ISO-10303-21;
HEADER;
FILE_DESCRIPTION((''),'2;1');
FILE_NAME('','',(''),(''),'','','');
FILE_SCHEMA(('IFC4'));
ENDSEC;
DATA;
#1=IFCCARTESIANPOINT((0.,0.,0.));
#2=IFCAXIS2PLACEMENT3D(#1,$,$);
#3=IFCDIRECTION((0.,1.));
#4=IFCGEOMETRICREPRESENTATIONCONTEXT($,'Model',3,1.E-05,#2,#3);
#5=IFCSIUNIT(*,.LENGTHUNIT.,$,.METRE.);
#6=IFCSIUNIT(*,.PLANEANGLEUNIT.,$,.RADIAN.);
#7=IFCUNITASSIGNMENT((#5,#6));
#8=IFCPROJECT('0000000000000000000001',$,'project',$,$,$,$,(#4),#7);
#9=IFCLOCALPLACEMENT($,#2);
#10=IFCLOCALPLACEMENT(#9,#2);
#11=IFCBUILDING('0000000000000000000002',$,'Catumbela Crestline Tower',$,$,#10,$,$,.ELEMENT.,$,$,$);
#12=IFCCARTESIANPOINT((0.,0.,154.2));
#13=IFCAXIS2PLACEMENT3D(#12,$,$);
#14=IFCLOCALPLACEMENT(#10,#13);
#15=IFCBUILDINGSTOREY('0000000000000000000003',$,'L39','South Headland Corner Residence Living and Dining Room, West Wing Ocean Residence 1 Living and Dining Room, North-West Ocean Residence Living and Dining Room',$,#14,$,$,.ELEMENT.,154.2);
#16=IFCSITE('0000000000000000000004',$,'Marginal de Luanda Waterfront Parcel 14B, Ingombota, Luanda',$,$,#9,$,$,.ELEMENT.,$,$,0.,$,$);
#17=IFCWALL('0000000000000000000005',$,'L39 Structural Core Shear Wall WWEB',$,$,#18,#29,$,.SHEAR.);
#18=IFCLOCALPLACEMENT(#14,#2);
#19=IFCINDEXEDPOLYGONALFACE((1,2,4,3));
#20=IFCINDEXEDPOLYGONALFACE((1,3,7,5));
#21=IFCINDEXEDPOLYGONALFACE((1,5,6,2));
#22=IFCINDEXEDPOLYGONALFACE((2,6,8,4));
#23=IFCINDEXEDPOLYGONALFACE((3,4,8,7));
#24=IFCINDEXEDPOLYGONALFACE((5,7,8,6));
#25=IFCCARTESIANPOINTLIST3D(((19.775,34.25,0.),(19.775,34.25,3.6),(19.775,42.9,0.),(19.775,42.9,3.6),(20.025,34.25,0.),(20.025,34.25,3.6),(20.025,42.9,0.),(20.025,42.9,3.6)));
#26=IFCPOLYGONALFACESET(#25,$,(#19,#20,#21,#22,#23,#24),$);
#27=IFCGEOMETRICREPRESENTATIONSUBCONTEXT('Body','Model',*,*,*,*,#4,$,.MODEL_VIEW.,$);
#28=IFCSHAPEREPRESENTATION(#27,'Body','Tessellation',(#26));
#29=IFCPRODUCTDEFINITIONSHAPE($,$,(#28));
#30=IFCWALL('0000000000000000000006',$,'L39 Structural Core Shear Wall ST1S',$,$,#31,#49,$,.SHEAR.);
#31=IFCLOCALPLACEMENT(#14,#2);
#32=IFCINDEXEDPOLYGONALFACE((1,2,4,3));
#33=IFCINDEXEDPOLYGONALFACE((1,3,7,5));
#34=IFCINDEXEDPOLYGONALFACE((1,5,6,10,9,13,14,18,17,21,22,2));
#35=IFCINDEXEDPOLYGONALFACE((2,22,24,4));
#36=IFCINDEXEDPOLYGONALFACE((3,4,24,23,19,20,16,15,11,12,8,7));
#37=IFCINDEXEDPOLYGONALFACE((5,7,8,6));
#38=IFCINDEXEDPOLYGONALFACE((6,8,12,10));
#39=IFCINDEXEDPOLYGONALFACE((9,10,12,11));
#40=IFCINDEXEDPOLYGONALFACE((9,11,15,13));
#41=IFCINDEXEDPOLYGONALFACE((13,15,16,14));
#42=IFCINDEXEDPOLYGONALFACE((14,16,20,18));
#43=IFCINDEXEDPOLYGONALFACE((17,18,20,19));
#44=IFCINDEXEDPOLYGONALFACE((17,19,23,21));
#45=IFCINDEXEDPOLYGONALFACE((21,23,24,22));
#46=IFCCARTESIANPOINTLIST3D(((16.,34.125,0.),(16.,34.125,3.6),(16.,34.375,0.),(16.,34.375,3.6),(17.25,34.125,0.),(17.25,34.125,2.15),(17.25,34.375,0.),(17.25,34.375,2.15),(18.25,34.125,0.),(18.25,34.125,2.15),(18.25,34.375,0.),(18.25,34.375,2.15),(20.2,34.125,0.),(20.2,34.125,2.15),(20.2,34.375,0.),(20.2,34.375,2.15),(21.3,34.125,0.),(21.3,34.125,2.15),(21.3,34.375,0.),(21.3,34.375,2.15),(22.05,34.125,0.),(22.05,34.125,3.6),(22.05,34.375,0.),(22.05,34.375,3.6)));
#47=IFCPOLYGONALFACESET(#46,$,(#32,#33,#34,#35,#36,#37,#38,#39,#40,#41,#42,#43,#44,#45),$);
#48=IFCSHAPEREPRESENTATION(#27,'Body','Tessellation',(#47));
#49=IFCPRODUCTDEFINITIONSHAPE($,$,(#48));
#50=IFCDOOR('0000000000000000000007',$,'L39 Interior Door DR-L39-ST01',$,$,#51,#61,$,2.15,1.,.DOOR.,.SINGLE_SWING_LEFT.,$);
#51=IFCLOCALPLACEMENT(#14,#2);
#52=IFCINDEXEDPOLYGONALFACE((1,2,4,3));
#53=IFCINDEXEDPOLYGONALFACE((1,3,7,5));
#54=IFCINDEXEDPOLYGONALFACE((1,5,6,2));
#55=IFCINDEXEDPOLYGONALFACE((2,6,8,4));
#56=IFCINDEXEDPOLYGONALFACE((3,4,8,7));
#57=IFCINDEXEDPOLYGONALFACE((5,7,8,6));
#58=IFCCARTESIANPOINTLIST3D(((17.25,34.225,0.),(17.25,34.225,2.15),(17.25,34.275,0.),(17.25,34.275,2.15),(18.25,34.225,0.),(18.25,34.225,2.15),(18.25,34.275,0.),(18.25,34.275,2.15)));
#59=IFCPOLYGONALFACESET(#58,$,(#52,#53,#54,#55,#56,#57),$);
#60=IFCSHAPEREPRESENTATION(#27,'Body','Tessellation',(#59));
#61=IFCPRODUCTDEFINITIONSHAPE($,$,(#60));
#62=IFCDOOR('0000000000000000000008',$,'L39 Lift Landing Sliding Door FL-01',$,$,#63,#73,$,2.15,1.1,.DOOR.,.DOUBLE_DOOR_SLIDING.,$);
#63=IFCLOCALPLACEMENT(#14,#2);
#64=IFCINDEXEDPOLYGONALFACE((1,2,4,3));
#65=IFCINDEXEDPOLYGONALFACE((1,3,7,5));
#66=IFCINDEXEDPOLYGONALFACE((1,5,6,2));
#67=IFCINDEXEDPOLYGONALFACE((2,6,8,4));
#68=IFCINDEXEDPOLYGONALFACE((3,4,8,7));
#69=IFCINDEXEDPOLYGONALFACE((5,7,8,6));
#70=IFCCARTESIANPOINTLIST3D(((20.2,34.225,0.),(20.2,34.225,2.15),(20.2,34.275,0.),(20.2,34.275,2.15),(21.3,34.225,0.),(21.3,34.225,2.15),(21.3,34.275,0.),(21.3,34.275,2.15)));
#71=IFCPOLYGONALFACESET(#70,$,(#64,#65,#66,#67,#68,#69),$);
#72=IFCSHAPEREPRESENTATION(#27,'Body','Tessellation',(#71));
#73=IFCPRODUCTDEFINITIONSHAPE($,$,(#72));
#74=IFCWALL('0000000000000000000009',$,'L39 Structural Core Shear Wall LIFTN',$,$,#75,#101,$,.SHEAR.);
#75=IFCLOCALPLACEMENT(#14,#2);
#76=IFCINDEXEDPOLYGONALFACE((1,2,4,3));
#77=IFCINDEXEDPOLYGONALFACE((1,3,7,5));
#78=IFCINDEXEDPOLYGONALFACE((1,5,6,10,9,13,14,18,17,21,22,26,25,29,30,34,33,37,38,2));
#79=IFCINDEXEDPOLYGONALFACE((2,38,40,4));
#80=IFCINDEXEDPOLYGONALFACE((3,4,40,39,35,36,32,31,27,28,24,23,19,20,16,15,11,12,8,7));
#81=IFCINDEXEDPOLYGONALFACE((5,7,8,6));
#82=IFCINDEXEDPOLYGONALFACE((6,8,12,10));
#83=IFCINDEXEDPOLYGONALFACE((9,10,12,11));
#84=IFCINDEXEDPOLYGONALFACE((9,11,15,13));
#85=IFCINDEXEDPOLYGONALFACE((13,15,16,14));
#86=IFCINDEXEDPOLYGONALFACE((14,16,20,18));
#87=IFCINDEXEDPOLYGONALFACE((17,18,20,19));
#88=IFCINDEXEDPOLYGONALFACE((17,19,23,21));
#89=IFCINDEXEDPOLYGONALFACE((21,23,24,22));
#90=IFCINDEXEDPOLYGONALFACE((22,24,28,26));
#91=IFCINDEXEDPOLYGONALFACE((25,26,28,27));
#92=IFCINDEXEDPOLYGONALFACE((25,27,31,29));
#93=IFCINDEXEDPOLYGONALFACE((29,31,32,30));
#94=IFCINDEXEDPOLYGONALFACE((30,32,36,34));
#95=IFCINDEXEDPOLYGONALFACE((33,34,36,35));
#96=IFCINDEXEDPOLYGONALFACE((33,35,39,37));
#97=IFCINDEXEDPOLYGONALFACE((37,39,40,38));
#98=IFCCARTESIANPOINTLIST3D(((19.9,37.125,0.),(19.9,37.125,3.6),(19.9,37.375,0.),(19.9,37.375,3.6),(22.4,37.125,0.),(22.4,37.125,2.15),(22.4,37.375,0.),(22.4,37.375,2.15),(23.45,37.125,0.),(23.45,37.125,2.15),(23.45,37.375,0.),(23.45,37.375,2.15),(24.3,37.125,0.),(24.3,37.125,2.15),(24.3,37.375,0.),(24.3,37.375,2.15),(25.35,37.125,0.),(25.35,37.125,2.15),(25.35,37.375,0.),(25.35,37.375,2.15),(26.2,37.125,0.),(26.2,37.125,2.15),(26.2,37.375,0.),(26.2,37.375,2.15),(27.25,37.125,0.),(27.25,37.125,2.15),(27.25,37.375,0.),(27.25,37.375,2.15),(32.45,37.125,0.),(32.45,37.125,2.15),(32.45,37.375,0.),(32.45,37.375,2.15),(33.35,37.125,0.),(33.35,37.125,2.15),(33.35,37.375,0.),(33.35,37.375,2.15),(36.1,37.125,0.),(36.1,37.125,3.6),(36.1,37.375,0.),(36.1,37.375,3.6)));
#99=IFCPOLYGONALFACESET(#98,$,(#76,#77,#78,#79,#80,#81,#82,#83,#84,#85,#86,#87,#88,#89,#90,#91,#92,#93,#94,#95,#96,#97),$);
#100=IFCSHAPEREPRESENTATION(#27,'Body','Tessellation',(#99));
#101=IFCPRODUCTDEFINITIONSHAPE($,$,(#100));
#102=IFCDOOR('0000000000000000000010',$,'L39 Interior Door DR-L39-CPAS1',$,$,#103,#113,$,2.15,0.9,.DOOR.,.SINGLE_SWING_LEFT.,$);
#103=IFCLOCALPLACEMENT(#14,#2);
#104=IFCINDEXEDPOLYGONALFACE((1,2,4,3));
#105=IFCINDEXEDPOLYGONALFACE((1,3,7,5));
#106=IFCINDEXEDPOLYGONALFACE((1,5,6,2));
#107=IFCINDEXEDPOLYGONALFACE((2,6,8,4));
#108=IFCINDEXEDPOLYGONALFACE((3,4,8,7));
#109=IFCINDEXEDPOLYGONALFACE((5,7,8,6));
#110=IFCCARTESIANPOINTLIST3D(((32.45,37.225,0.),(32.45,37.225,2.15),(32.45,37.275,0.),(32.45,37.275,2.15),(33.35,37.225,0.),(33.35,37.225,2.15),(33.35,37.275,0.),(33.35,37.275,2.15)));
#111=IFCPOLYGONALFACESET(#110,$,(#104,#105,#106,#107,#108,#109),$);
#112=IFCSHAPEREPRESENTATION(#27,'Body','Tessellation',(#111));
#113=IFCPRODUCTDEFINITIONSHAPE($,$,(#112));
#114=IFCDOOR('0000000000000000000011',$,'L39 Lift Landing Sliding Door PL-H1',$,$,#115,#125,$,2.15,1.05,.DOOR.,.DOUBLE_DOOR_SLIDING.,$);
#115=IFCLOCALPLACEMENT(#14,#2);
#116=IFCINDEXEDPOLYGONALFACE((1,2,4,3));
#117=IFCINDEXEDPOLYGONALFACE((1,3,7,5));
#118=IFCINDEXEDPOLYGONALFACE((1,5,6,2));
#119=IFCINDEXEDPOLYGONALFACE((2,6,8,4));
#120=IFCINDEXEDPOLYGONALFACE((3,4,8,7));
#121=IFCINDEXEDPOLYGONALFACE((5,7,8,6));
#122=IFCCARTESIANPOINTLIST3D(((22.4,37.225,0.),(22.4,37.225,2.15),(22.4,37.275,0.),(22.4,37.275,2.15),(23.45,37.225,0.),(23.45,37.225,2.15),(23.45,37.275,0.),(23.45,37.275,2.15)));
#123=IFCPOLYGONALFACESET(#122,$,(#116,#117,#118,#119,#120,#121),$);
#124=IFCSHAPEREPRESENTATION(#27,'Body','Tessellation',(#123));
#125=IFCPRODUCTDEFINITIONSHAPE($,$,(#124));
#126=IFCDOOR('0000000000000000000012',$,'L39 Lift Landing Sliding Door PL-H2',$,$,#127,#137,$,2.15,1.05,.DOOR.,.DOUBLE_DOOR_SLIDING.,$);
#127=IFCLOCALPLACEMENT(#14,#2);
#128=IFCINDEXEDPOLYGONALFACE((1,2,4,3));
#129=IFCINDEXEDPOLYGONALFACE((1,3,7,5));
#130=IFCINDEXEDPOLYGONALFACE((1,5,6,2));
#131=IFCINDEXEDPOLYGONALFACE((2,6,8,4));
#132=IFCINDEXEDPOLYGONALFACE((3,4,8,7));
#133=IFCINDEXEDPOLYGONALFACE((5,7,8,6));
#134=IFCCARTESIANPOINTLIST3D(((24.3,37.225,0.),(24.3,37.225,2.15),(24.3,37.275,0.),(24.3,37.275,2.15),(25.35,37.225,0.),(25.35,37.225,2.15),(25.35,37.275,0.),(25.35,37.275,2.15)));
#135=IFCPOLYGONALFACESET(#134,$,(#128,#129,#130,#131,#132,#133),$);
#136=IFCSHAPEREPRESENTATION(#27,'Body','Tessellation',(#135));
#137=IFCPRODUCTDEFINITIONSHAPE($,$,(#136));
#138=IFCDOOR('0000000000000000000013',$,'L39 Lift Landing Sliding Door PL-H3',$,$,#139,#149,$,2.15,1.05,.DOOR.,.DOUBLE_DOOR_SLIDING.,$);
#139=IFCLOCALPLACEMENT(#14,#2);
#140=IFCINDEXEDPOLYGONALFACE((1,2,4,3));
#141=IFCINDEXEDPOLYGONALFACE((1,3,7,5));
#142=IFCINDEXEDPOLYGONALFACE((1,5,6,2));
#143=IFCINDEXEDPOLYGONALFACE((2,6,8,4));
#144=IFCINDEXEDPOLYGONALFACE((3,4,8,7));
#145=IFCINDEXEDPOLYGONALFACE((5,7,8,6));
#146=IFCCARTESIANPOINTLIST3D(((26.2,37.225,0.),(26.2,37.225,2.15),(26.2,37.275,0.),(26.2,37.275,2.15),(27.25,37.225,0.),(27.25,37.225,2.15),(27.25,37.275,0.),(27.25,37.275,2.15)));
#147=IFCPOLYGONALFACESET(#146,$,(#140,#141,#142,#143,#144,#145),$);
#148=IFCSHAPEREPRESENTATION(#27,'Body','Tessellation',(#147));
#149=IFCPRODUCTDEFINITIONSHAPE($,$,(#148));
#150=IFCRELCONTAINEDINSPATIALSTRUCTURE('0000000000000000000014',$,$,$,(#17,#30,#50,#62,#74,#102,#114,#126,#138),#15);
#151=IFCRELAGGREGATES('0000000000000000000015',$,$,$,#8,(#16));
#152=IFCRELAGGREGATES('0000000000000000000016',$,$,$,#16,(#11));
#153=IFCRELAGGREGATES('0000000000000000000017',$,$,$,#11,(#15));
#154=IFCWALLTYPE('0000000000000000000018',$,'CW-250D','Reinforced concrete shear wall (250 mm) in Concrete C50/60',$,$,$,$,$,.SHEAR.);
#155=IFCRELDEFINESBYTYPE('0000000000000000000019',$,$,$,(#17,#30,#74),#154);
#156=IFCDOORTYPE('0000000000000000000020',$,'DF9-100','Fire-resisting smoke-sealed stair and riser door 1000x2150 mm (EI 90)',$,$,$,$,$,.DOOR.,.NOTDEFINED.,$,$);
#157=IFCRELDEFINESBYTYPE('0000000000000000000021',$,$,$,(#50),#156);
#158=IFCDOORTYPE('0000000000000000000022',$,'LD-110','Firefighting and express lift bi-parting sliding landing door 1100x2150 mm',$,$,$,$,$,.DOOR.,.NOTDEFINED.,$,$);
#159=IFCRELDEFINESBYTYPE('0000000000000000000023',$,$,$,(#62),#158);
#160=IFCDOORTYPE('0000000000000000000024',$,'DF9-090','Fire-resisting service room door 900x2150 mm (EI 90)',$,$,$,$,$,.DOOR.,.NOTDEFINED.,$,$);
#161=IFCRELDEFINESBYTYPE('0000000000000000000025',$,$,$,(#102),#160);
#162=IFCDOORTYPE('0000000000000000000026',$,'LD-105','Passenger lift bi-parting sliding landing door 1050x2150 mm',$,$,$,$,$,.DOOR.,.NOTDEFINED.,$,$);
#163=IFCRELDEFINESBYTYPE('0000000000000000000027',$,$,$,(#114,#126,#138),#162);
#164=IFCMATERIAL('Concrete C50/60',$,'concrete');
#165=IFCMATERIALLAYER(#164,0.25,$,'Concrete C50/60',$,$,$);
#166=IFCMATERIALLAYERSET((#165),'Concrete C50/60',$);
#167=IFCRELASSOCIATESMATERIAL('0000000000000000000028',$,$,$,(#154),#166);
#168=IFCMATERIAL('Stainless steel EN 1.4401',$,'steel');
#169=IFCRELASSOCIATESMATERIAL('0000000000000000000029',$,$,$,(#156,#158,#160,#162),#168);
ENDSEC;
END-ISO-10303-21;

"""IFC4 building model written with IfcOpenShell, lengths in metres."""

from ifc_helpers import new_model, si_unit, direction, frame, frame_2d, origin, place, context, subcontext, project, spatial, rectangle, extrude, material, layer, layer_set, type_object, element, fill, save


model = new_model("IFC4")

# Units and contexts
model_context = context("Model", 3, precision=1e-05, world=origin(), true_north=direction((0.0, 1.0)))
body_context = subcontext(model_context, "Body", "Model", "MODEL_VIEW")
ifc_project = project(units=[si_unit("LENGTHUNIT", "METRE"), si_unit("PLANEANGLEUNIT", "RADIAN")], contexts=[model_context])

# Site, building, storey
site_placement = place(None, origin())
site = spatial("IfcSite", under=ifc_project, at=site_placement, Name="Marginal de Luanda Waterfront Parcel 14B, Ingombota, Luanda", CompositionType="ELEMENT", RefElevation=0.0)
building_placement = place(site_placement, origin())
building = spatial("IfcBuilding", under=site, at=building_placement, Name="Catumbela Crestline Tower", CompositionType="ELEMENT")
storey_placement = place(building_placement, frame((0.0, 0.0, 154.2)))
storey = spatial("IfcBuildingStorey", under=building, at=storey_placement, Name="L39", Description="South Headland Corner Residence Living and Dining Room, West Wing Ocean Residence 1 Living and Dining Room, North-West Ocean Residence Living and Dining Room", CompositionType="ELEMENT", Elevation=154.2)

# Wall
ifc_material_1 = material(Name="Concrete C50/60", Category="concrete")
ifc_layer_1 = layer(ifc_material_1, 0.25, Name="Concrete C50/60")
ifc_layer_set_1 = layer_set([ifc_layer_1], Name="Concrete C50/60")
wall_type_1 = type_object("IfcWallType", Name="CW-250D", Description="Reinforced concrete shear wall (250 mm) in Concrete C50/60", PredefinedType="SHEAR", material=ifc_layer_set_1)
wall_1_placement = place(storey_placement, frame((19.9, 34.25, 0.0), z_axis=(0.0, 0.0, 1.0), x_axis=(0.0, 1.0, 0.0)))
element("IfcWall", 1, at=wall_1_placement, inside=storey, type_object=wall_type_1, Name="L39 Structural Core Shear Wall WWEB", PredefinedType="SHEAR", context=body_context, shape_type="SweptSolid", body=[
    extrude(rectangle(XDim=8.65, YDim=0.25, at=frame_2d((4.325, 0.0))), origin(), (0.0, 0.0, 1.0), 3.6),
])

# Walls, openings, doors
wall_2_placement = place(storey_placement, frame((16.0, 34.25, 0.0), z_axis=(0.0, 0.0, 1.0), x_axis=(1.0, 0.0, 0.0)))
wall_2 = element("IfcWall", 2, at=wall_2_placement, inside=storey, type_object=wall_type_1, Name="L39 Structural Core Shear Wall ST1S", PredefinedType="SHEAR", context=body_context, shape_type="SweptSolid", body=[
    extrude(rectangle(XDim=6.05, YDim=0.25, at=frame_2d((3.025, 0.0))), origin(), (0.0, 0.0, 1.0), 3.6),
])
opening_1_placement = place(wall_2_placement, frame((1.25, 0.0, 0.0)))
opening_1 = element("IfcOpeningElement", 3, at=opening_1_placement, cuts=wall_2, PredefinedType="OPENING", context=body_context, shape_type="SweptSolid", body=[
    extrude(rectangle(XDim=1.0, YDim=2.15, at=frame_2d((0.5, 1.075))), frame((0.0, 0.135, 0.0), z_axis=(0.0, -1.0, 0.0), x_axis=(1.0, 0.0, 0.0)), (0.0, 0.0, 1.0), 0.27),
])
opening_2_placement = place(wall_2_placement, frame((4.2, 0.0, 0.0)))
opening_2 = element("IfcOpeningElement", 4, at=opening_2_placement, cuts=wall_2, PredefinedType="OPENING", context=body_context, shape_type="SweptSolid", body=[
    extrude(rectangle(XDim=1.1, YDim=2.15, at=frame_2d((0.55, 1.075))), frame((0.0, 0.135, 0.0), z_axis=(0.0, -1.0, 0.0), x_axis=(1.0, 0.0, 0.0)), (0.0, 0.0, 1.0), 0.27),
])
ifc_material_2 = material(Name="Stainless steel EN 1.4401", Category="steel")
door_type_1 = type_object("IfcDoorType", Name="DF9-100", Description="Fire-resisting smoke-sealed stair and riser door 1000x2150 mm (EI 90)", OperationType="NOTDEFINED", PredefinedType="DOOR", material=ifc_material_2)
door_1_placement = place(opening_1_placement, origin())
door_1 = element("IfcDoor", 5, at=door_1_placement, inside=storey, type_object=door_type_1, Name="L39 Interior Door DR-L39-ST01", OperationType="SINGLE_SWING_LEFT", OverallHeight=2.15, OverallWidth=1.0, PredefinedType="DOOR", context=body_context, shape_type="SweptSolid", body=[
    extrude(rectangle(XDim=1.0, YDim=2.15, at=frame_2d((0.5, 1.075))), frame((0.0, 0.025, 0.0), z_axis=(0.0, -1.0, 0.0), x_axis=(1.0, 0.0, 0.0)), (0.0, 0.0, 1.0), 0.05),
])
fill(opening_1, door_1)
door_type_2 = type_object("IfcDoorType", Name="LD-110", Description="Firefighting and express lift bi-parting sliding landing door 1100x2150 mm", OperationType="NOTDEFINED", PredefinedType="DOOR", material=ifc_material_2)
door_2_placement = place(opening_2_placement, origin())
door_2 = element("IfcDoor", 6, at=door_2_placement, inside=storey, type_object=door_type_2, Name="L39 Lift Landing Sliding Door FL-01", OperationType="DOUBLE_DOOR_SLIDING", OverallHeight=2.15, OverallWidth=1.1, PredefinedType="DOOR", context=body_context, shape_type="SweptSolid", body=[
    extrude(rectangle(XDim=1.1, YDim=2.15, at=frame_2d((0.55, 1.075))), frame((0.0, 0.025, 0.0), z_axis=(0.0, -1.0, 0.0), x_axis=(1.0, 0.0, 0.0)), (0.0, 0.0, 1.0), 0.05),
])
fill(opening_2, door_2)
wall_3_placement = place(storey_placement, frame((19.9, 37.25, 0.0), z_axis=(0.0, 0.0, 1.0), x_axis=(1.0, 0.0, 0.0)))
wall_3 = element("IfcWall", 7, at=wall_3_placement, inside=storey, type_object=wall_type_1, Name="L39 Structural Core Shear Wall LIFTN", PredefinedType="SHEAR", context=body_context, shape_type="SweptSolid", body=[
    extrude(rectangle(XDim=16.2, YDim=0.25, at=frame_2d((8.1, 0.0))), origin(), (0.0, 0.0, 1.0), 3.6),
])
opening_3_placement = place(wall_3_placement, frame((12.55, 0.0, 0.0)))
opening_3 = element("IfcOpeningElement", 8, at=opening_3_placement, cuts=wall_3, PredefinedType="OPENING", context=body_context, shape_type="SweptSolid", body=[
    extrude(rectangle(XDim=0.9, YDim=2.15, at=frame_2d((0.45, 1.075))), frame((0.0, 0.135, 0.0), z_axis=(0.0, -1.0, 0.0), x_axis=(1.0, 0.0, 0.0)), (0.0, 0.0, 1.0), 0.27),
])
opening_4_placement = place(wall_3_placement, frame((2.5, 0.0, 0.0)))
opening_4 = element("IfcOpeningElement", 9, at=opening_4_placement, cuts=wall_3, PredefinedType="OPENING", context=body_context, shape_type="SweptSolid", body=[
    extrude(rectangle(XDim=1.05, YDim=2.15, at=frame_2d((0.525, 1.075))), frame((0.0, 0.135, 0.0), z_axis=(0.0, -1.0, 0.0), x_axis=(1.0, 0.0, 0.0)), (0.0, 0.0, 1.0), 0.27),
])
opening_5_placement = place(wall_3_placement, frame((4.4, 0.0, 0.0)))
opening_5 = element("IfcOpeningElement", 10, at=opening_5_placement, cuts=wall_3, PredefinedType="OPENING", context=body_context, shape_type="SweptSolid", body=[
    extrude(rectangle(XDim=1.05, YDim=2.15, at=frame_2d((0.525, 1.075))), frame((0.0, 0.135, 0.0), z_axis=(0.0, -1.0, 0.0), x_axis=(1.0, 0.0, 0.0)), (0.0, 0.0, 1.0), 0.27),
])
opening_6_placement = place(wall_3_placement, frame((6.3, 0.0, 0.0)))
opening_6 = element("IfcOpeningElement", 11, at=opening_6_placement, cuts=wall_3, PredefinedType="OPENING", context=body_context, shape_type="SweptSolid", body=[
    extrude(rectangle(XDim=1.05, YDim=2.15, at=frame_2d((0.525, 1.075))), frame((0.0, 0.135, 0.0), z_axis=(0.0, -1.0, 0.0), x_axis=(1.0, 0.0, 0.0)), (0.0, 0.0, 1.0), 0.27),
])
door_type_3 = type_object("IfcDoorType", Name="DF9-090", Description="Fire-resisting service room door 900x2150 mm (EI 90)", OperationType="NOTDEFINED", PredefinedType="DOOR", material=ifc_material_2)
door_3_placement = place(opening_3_placement, origin())
door_3 = element("IfcDoor", 12, at=door_3_placement, inside=storey, type_object=door_type_3, Name="L39 Interior Door DR-L39-CPAS1", OperationType="SINGLE_SWING_LEFT", OverallHeight=2.15, OverallWidth=0.9, PredefinedType="DOOR", context=body_context, shape_type="SweptSolid", body=[
    extrude(rectangle(XDim=0.9, YDim=2.15, at=frame_2d((0.45, 1.075))), frame((0.0, 0.025, 0.0), z_axis=(0.0, -1.0, 0.0), x_axis=(1.0, 0.0, 0.0)), (0.0, 0.0, 1.0), 0.05),
])
fill(opening_3, door_3)
door_type_4 = type_object("IfcDoorType", Name="LD-105", Description="Passenger lift bi-parting sliding landing door 1050x2150 mm", OperationType="NOTDEFINED", PredefinedType="DOOR", material=ifc_material_2)
door_4_placement = place(opening_4_placement, origin())
door_4 = element("IfcDoor", 13, at=door_4_placement, inside=storey, type_object=door_type_4, Name="L39 Lift Landing Sliding Door PL-H1", OperationType="DOUBLE_DOOR_SLIDING", OverallHeight=2.15, OverallWidth=1.05, PredefinedType="DOOR", context=body_context, shape_type="SweptSolid", body=[
    extrude(rectangle(XDim=1.05, YDim=2.15, at=frame_2d((0.525, 1.075))), frame((0.0, 0.025, 0.0), z_axis=(0.0, -1.0, 0.0), x_axis=(1.0, 0.0, 0.0)), (0.0, 0.0, 1.0), 0.05),
])
fill(opening_4, door_4)
door_5_placement = place(opening_5_placement, origin())
door_5 = element("IfcDoor", 14, at=door_5_placement, inside=storey, type_object=door_type_4, Name="L39 Lift Landing Sliding Door PL-H2", OperationType="DOUBLE_DOOR_SLIDING", OverallHeight=2.15, OverallWidth=1.05, PredefinedType="DOOR", context=body_context, shape_type="SweptSolid", body=[
    extrude(rectangle(XDim=1.05, YDim=2.15, at=frame_2d((0.525, 1.075))), frame((0.0, 0.025, 0.0), z_axis=(0.0, -1.0, 0.0), x_axis=(1.0, 0.0, 0.0)), (0.0, 0.0, 1.0), 0.05),
])
fill(opening_5, door_5)
door_6_placement = place(opening_6_placement, origin())
door_6 = element("IfcDoor", 15, at=door_6_placement, inside=storey, type_object=door_type_4, Name="L39 Lift Landing Sliding Door PL-H3", OperationType="DOUBLE_DOOR_SLIDING", OverallHeight=2.15, OverallWidth=1.05, PredefinedType="DOOR", context=body_context, shape_type="SweptSolid", body=[
    extrude(rectangle(XDim=1.05, YDim=2.15, at=frame_2d((0.525, 1.075))), frame((0.0, 0.025, 0.0), z_axis=(0.0, -1.0, 0.0), x_axis=(1.0, 0.0, 0.0)), (0.0, 0.0, 1.0), 0.05),
])
fill(opening_6, door_6)

save(model, "model.ifc")
